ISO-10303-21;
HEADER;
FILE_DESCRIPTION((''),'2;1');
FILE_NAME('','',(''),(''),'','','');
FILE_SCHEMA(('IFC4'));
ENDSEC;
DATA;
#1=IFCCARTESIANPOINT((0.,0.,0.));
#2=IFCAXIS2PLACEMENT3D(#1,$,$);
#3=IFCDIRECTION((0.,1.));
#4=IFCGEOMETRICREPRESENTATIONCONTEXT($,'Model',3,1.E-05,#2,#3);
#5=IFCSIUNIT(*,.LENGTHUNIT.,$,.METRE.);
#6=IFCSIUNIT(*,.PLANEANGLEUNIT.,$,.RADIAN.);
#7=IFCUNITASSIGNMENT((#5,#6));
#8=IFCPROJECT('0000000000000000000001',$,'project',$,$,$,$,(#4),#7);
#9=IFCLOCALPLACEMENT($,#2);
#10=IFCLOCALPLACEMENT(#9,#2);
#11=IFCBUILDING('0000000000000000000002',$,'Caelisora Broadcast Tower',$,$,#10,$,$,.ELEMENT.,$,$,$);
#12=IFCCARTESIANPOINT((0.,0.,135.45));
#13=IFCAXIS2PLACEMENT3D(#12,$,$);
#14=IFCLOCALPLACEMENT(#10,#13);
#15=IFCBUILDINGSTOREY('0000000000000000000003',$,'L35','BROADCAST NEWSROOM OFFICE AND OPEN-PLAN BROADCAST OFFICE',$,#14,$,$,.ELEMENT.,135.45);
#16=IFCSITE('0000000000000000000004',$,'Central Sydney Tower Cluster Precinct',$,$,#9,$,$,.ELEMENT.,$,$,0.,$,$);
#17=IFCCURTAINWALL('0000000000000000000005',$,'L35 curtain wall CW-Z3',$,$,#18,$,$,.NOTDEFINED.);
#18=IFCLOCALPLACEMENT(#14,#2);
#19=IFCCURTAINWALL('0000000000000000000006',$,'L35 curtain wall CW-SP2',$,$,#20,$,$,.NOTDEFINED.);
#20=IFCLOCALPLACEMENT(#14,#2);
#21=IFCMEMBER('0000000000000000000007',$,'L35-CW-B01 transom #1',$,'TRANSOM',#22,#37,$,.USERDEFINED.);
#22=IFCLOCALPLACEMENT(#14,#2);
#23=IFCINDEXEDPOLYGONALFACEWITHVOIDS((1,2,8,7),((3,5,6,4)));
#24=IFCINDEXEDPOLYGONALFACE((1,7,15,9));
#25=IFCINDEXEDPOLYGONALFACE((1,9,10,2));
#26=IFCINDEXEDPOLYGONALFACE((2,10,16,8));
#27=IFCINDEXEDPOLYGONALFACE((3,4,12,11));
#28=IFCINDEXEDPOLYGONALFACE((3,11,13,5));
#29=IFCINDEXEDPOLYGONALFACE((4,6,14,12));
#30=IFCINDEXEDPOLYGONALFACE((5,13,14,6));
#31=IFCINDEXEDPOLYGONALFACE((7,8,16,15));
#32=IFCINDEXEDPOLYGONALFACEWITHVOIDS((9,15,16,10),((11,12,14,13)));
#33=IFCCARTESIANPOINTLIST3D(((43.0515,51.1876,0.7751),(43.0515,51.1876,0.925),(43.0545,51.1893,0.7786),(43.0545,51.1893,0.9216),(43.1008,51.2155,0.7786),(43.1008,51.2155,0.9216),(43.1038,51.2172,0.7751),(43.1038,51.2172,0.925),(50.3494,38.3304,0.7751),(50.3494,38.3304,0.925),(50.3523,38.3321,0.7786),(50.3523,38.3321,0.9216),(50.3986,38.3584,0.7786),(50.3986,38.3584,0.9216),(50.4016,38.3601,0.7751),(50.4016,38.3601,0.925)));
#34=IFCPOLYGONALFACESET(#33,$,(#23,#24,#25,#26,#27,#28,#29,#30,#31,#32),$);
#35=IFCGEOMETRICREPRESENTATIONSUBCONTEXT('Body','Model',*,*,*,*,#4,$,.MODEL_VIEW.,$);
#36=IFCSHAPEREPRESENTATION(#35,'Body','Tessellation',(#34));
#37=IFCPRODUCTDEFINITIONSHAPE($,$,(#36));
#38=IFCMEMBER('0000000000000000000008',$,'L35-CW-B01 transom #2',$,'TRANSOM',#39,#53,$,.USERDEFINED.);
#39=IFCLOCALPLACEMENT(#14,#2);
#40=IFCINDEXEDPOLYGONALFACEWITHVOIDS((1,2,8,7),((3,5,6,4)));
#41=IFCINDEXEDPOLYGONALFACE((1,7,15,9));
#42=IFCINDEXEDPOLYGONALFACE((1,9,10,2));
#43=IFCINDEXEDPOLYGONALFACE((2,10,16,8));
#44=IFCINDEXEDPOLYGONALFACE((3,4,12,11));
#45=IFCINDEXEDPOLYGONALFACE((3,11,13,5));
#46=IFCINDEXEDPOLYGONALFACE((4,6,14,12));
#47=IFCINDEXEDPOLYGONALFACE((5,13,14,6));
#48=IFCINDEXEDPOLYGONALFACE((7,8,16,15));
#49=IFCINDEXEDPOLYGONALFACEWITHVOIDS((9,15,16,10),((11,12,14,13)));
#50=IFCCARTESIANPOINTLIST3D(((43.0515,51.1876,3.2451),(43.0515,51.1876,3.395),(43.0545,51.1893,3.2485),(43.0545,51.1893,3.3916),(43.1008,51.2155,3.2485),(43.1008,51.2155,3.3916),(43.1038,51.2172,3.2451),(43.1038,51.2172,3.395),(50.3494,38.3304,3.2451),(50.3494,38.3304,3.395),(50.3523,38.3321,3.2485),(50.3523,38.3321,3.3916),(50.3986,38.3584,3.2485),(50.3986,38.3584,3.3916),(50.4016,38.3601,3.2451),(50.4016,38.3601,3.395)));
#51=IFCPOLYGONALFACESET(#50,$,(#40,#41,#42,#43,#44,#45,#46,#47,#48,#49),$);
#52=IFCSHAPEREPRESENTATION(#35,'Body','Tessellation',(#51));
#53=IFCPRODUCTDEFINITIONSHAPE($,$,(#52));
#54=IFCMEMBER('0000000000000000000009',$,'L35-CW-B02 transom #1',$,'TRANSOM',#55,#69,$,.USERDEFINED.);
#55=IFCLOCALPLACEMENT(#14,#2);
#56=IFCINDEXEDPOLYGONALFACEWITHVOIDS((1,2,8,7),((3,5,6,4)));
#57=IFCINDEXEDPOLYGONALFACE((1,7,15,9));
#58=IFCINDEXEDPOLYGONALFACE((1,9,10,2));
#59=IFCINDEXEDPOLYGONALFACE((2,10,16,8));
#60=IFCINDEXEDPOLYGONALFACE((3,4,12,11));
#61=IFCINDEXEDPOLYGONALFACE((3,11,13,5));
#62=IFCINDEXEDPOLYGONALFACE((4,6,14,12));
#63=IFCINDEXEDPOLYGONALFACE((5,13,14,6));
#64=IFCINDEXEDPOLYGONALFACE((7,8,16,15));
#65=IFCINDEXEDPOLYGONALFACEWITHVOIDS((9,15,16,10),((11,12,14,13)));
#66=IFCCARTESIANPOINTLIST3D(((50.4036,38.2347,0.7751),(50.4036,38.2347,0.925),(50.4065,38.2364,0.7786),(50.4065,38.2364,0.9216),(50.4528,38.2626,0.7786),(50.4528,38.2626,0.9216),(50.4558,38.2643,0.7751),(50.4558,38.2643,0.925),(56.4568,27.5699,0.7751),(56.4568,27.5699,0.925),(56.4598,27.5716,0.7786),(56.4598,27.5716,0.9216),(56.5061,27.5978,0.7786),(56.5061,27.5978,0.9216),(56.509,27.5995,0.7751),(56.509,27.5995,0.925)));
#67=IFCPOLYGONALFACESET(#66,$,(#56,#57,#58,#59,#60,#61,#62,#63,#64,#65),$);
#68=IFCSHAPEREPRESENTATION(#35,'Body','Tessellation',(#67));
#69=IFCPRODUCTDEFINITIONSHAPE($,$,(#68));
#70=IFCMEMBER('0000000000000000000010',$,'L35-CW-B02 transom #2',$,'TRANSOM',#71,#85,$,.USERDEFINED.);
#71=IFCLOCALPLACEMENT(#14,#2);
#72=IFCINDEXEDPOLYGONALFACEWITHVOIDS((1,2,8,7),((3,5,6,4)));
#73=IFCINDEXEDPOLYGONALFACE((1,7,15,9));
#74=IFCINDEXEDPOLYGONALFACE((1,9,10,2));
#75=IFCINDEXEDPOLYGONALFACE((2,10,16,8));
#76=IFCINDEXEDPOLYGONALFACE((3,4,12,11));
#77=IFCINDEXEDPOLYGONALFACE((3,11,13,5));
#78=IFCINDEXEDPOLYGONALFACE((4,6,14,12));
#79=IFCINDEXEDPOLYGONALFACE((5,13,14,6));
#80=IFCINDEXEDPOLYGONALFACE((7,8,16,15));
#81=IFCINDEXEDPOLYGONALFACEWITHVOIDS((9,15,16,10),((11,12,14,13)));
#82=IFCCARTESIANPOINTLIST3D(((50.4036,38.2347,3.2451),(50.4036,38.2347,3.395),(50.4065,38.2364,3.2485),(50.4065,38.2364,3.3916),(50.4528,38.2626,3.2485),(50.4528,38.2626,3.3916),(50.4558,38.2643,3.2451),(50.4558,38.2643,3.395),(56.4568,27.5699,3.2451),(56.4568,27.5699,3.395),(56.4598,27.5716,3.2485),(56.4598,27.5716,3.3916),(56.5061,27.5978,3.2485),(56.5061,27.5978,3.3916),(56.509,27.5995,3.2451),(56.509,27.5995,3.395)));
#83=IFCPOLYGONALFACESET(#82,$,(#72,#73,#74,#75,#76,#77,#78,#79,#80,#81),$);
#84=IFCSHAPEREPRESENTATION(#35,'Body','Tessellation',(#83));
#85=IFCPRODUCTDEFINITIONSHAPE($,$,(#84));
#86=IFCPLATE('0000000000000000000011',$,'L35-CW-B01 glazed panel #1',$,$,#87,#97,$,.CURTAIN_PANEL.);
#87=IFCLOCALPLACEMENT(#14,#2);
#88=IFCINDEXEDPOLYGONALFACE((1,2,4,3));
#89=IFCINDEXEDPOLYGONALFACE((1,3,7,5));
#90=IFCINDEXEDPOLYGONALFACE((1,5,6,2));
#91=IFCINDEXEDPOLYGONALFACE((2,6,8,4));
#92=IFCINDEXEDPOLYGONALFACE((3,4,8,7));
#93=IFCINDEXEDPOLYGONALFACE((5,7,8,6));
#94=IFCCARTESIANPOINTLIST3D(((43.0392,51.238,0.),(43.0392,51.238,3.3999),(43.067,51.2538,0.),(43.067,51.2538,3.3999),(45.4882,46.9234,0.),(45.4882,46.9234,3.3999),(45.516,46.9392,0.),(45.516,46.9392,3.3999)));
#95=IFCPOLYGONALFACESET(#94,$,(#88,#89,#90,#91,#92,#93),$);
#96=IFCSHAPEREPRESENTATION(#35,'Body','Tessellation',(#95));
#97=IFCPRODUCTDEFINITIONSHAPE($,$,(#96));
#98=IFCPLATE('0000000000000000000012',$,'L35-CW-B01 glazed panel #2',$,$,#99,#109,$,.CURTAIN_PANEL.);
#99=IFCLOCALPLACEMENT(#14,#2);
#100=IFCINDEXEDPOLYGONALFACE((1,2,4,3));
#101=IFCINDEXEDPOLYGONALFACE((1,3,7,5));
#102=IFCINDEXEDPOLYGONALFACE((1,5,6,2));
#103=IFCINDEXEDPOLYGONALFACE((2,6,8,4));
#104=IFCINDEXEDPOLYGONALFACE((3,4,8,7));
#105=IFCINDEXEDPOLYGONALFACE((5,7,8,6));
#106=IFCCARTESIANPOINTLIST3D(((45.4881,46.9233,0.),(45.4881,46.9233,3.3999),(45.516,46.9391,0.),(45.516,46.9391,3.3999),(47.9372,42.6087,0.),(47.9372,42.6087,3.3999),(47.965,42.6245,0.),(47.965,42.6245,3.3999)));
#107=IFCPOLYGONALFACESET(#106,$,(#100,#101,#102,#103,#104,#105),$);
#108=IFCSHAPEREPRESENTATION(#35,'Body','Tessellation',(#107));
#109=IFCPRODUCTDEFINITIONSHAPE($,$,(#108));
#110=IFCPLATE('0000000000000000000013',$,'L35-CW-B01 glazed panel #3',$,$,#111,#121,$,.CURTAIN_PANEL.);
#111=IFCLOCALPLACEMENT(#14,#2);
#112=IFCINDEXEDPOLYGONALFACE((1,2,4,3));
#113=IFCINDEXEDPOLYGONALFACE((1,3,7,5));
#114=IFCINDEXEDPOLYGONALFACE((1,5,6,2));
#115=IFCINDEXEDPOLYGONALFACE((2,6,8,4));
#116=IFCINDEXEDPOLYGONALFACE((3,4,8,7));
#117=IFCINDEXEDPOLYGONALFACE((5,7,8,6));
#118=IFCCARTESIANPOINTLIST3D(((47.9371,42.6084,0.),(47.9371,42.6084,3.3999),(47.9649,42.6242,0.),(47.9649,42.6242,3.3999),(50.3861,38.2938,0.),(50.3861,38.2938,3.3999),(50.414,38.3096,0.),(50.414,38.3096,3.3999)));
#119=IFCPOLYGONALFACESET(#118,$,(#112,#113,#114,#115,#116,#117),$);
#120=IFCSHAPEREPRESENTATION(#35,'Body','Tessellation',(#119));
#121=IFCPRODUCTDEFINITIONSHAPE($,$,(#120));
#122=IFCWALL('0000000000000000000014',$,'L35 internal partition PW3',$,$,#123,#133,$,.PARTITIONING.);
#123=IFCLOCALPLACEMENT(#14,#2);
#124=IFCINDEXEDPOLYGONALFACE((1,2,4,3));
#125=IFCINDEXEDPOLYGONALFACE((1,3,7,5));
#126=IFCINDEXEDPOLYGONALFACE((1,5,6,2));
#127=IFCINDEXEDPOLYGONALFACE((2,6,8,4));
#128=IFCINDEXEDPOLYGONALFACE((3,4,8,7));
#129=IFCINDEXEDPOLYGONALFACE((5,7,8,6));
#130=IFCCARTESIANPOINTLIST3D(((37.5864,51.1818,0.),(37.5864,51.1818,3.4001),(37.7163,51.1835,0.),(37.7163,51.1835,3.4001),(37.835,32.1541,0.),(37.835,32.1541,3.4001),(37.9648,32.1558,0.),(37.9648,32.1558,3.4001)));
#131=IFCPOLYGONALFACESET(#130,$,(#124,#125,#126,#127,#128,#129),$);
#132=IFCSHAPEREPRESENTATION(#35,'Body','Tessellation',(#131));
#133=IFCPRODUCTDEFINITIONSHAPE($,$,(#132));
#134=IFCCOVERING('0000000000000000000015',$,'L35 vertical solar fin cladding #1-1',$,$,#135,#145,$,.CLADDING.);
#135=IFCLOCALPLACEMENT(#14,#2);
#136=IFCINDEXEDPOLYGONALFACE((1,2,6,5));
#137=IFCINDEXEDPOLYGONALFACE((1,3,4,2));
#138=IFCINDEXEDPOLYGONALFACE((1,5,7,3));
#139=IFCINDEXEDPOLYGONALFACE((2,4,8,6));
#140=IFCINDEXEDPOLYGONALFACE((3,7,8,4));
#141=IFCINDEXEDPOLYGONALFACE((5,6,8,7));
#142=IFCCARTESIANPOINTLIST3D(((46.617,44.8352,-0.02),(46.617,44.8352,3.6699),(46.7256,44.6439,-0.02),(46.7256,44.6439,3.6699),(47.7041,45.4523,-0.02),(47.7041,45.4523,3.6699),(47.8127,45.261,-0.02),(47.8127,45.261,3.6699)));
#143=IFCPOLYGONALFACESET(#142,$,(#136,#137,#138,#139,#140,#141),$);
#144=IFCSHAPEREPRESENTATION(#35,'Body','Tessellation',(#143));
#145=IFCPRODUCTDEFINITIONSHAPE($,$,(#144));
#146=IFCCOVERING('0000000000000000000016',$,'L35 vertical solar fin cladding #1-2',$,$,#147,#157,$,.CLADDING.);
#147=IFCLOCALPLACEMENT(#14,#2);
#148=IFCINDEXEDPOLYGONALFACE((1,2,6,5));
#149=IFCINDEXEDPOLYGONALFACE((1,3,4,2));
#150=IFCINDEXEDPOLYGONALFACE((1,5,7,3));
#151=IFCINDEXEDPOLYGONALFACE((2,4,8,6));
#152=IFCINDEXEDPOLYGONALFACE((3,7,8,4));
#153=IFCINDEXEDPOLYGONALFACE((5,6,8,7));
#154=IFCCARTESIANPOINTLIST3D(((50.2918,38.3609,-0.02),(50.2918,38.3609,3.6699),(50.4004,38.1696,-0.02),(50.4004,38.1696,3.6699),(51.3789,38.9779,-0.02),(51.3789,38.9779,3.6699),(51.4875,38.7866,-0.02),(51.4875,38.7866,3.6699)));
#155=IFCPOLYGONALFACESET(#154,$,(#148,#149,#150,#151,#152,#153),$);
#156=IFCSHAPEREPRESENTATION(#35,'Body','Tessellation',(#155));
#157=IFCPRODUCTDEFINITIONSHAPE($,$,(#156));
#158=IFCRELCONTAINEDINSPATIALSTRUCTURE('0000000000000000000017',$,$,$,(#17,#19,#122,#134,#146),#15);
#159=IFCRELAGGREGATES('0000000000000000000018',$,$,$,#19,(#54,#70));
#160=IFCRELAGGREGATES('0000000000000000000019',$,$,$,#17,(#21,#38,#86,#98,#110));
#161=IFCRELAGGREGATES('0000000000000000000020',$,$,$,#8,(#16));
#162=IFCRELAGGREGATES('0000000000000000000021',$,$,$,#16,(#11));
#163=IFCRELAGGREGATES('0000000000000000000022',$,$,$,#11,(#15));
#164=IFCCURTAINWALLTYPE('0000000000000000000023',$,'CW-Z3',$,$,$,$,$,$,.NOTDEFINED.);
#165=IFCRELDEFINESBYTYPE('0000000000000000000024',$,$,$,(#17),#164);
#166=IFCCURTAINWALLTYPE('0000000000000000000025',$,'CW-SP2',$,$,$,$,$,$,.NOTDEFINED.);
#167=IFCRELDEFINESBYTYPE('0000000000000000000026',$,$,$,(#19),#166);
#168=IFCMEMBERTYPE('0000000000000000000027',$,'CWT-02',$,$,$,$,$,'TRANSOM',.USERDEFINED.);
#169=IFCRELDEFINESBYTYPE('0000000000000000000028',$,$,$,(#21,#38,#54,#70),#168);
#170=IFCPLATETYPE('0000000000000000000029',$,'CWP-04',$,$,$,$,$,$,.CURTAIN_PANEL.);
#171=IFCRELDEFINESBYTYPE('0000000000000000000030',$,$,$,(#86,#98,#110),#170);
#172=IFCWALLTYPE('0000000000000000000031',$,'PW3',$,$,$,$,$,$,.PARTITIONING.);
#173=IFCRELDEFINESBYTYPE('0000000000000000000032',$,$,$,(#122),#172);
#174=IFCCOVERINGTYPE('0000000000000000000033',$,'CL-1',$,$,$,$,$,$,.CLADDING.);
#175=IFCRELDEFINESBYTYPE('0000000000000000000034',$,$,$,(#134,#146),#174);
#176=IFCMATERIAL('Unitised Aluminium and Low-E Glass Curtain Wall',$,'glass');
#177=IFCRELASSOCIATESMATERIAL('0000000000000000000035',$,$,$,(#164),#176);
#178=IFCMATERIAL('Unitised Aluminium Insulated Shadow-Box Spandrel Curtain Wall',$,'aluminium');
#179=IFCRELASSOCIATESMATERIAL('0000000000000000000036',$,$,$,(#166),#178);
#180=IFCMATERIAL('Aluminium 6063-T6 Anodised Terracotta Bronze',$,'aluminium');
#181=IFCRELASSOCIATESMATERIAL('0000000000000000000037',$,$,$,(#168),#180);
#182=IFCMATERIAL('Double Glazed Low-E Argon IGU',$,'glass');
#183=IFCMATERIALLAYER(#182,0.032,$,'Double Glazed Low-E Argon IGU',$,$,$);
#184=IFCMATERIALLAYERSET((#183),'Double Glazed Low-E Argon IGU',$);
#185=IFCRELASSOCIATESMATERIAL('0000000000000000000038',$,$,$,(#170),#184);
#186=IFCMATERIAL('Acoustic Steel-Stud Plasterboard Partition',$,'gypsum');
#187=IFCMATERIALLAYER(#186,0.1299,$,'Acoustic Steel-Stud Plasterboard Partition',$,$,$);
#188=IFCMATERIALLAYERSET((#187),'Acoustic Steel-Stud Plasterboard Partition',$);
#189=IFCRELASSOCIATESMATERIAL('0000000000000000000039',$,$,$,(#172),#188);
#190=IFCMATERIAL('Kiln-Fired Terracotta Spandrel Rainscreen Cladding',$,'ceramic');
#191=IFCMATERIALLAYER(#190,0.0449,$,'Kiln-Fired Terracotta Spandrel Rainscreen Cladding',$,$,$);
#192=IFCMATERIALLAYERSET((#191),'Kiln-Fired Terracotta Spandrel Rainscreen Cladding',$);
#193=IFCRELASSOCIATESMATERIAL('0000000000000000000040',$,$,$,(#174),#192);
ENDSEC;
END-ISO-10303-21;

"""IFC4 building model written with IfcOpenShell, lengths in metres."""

from ifc_helpers import new_model, si_unit, direction, frame, frame_2d, origin, origin_2d, place, context, subcontext, project, spatial, rectangle, hollow_rectangle, extrude, source, transform, mapped, material, layer, layer_set, material_profile, profile_set, type_object, type_shapes, element, aggregate, save


model = new_model("IFC4")

# Units and contexts
model_context = context("Model", 3, precision=1e-05, world=origin(), true_north=direction((0.0, 1.0)))
body_context = subcontext(model_context, "Body", "Model", "MODEL_VIEW")
ifc_project = project(units=[si_unit("LENGTHUNIT", "METRE"), si_unit("PLANEANGLEUNIT", "RADIAN")], contexts=[model_context])

# Site, building, storey
site_placement = place(None, origin())
site = spatial("IfcSite", under=ifc_project, at=site_placement, Name="Central Sydney Tower Cluster Precinct", CompositionType="ELEMENT", RefElevation=0.0)
building_placement = place(site_placement, origin())
building = spatial("IfcBuilding", under=site, at=building_placement, Name="Caelisora Broadcast Tower", CompositionType="ELEMENT")
storey_placement = place(building_placement, frame((0.0, 0.0, 135.45)))
storey = spatial("IfcBuildingStorey", under=building, at=storey_placement, Name="L35", Description="BROADCAST NEWSROOM OFFICE AND OPEN-PLAN BROADCAST OFFICE", CompositionType="ELEMENT", Elevation=135.45)

# Curtain wall
ifc_material_1 = material(Name="Unitised Aluminium and Low-E Glass Curtain Wall", Category="glass")
curtain_wall_type_1 = type_object("IfcCurtainWallType", Name="CW-Z3", PredefinedType="NOTDEFINED", material=ifc_material_1)
curtain_wall_1_placement = place(storey_placement, origin())
curtain_wall_1 = element("IfcCurtainWall", 1, at=curtain_wall_1_placement, inside=storey, type_object=curtain_wall_type_1, Name="L35 curtain wall CW-Z3", PredefinedType="NOTDEFINED")
ifc_material_2 = material(Name="Aluminium 6063-T6 Anodised Terracotta Bronze", Category="aluminium")

# Curtain wall
ifc_material_3 = material(Name="Unitised Aluminium Insulated Shadow-Box Spandrel Curtain Wall", Category="aluminium")
curtain_wall_type_2 = type_object("IfcCurtainWallType", Name="CW-SP2", PredefinedType="NOTDEFINED", material=ifc_material_3)
curtain_wall_2_placement = place(storey_placement, origin())
curtain_wall_2 = element("IfcCurtainWall", 2, at=curtain_wall_2_placement, inside=storey, type_object=curtain_wall_type_2, Name="L35 curtain wall CW-SP2", PredefinedType="NOTDEFINED")

# Members
ifc_material_profile_1 = material_profile(ifc_material_2, hollow_rectangle(XDim=0.0601, YDim=0.1499, WallThickness=0.0034, at=origin_2d()), Name="Aluminium 6063-T6 Anodised Terracotta Bronze")
ifc_profile_set_1 = profile_set([ifc_material_profile_1], Name="Aluminium 6063-T6 Anodised Terracotta Bronze")
member_type_1 = type_object("IfcMemberType", Name="CWT-02", ElementType="TRANSOM", PredefinedType="USERDEFINED", material=ifc_profile_set_1)
shared_shape_1 = source(origin(), body_context, "Body", "SweptSolid", [
    extrude(hollow_rectangle(XDim=0.0601, YDim=0.1499, WallThickness=0.0034, at=origin_2d()), origin(), (0.0, 0.0, 1.0), 14.7839),
])
member_1_placement = place(storey_placement, frame((43.0776, 51.2024, 0.8501), z_axis=(0.493633, -0.86967, 0.0), x_axis=(0.86967, 0.493633, 0.0)))
member_1 = element("IfcMember", 3, at=member_1_placement, type_object=member_type_1, Name="L35-CW-B01 transom #1", ObjectType="TRANSOM", PredefinedType="USERDEFINED", context=body_context, shape_type="MappedRepresentation", body=[
    mapped(shared_shape_1, transform((0.0, 0.0, 0.0), scale=1.0)),
])
member_2_placement = place(storey_placement, frame((43.0776, 51.2024, 3.3201), z_axis=(0.493633, -0.86967, 0.0), x_axis=(0.86967, 0.493633, 0.0)))
member_2 = element("IfcMember", 4, at=member_2_placement, type_object=member_type_1, Name="L35-CW-B01 transom #2", ObjectType="TRANSOM", PredefinedType="USERDEFINED", context=body_context, shape_type="MappedRepresentation", body=[
    mapped(shared_shape_1, transform((0.0, 0.0, 0.0), scale=1.0)),
])
shared_shape_2 = source(origin(), body_context, "Body", "SweptSolid", [
    extrude(hollow_rectangle(XDim=0.0601, YDim=0.1499, WallThickness=0.0034, at=origin_2d()), origin(), (0.0, 0.0, 1.0), 12.2629),
])
type_shapes(member_type_1, [shared_shape_1, shared_shape_2])
member_3_placement = place(storey_placement, frame((50.4297, 38.2495, 0.8501), z_axis=(0.49362, -0.869678, 0.0), x_axis=(0.869678, 0.49362, 0.0)))
member_3 = element("IfcMember", 5, at=member_3_placement, type_object=member_type_1, Name="L35-CW-B02 transom #1", ObjectType="TRANSOM", PredefinedType="USERDEFINED", context=body_context, shape_type="MappedRepresentation", body=[
    mapped(shared_shape_2, transform((0.0, 0.0, 0.0), scale=1.0)),
])
member_4_placement = place(storey_placement, frame((50.4297, 38.2495, 3.3201), z_axis=(0.49362, -0.869678, 0.0), x_axis=(0.869678, 0.49362, 0.0)))
member_4 = element("IfcMember", 6, at=member_4_placement, type_object=member_type_1, Name="L35-CW-B02 transom #2", ObjectType="TRANSOM", PredefinedType="USERDEFINED", context=body_context, shape_type="MappedRepresentation", body=[
    mapped(shared_shape_2, transform((0.0, 0.0, 0.0), scale=1.0)),
])
aggregate(curtain_wall_2, [member_3, member_4])

# Plates
ifc_material_4 = material(Name="Double Glazed Low-E Argon IGU", Category="glass")
ifc_layer_1 = layer(ifc_material_4, 0.032, Name="Double Glazed Low-E Argon IGU")
ifc_layer_set_1 = layer_set([ifc_layer_1], Name="Double Glazed Low-E Argon IGU")
plate_type = type_object("IfcPlateType", Name="CWP-04", PredefinedType="CURTAIN_PANEL", material=ifc_layer_set_1)
shared_shape_3 = source(origin(), body_context, "Body", "SweptSolid", [
    extrude(rectangle(XDim=4.9612, YDim=0.032, at=origin_2d()), origin(), (0.0, 0.0, 1.0), 3.3999),
])
type_shapes(plate_type, [shared_shape_3])
plate_1_placement = place(storey_placement, frame((44.2776, 49.0886, 0.0), z_axis=(0.0, 0.0, 1.0), x_axis=(0.493638, -0.869667, 0.0)))
plate_1 = element("IfcPlate", 7, at=plate_1_placement, type_object=plate_type, Name="L35-CW-B01 glazed panel #1", PredefinedType="CURTAIN_PANEL", context=body_context, shape_type="MappedRepresentation", body=[
    mapped(shared_shape_3, transform((0.0, 0.0, 0.0), scale=1.0)),
])
plate_2_placement = place(storey_placement, frame((46.7266, 44.7739, 0.0), z_axis=(0.0, 0.0, 1.0), x_axis=(0.493638, -0.869667, 0.0)))
plate_2 = element("IfcPlate", 8, at=plate_2_placement, type_object=plate_type, Name="L35-CW-B01 glazed panel #2", PredefinedType="CURTAIN_PANEL", context=body_context, shape_type="MappedRepresentation", body=[
    mapped(shared_shape_3, transform((0.0, 0.0, 0.0), scale=1.0)),
])
plate_3_placement = place(storey_placement, frame((49.1755, 40.459, 0.0), z_axis=(0.0, 0.0, 1.0), x_axis=(0.493638, -0.869667, 0.0)))
plate_3 = element("IfcPlate", 9, at=plate_3_placement, type_object=plate_type, Name="L35-CW-B01 glazed panel #3", PredefinedType="CURTAIN_PANEL", context=body_context, shape_type="MappedRepresentation", body=[
    mapped(shared_shape_3, transform((0.0, 0.0, 0.0), scale=1.0)),
])
aggregate(curtain_wall_1, [member_1, member_2, plate_1, plate_2, plate_3])

# Wall
ifc_material_5 = material(Name="Acoustic Steel-Stud Plasterboard Partition", Category="gypsum")
ifc_layer_2 = layer(ifc_material_5, 0.1299, Name="Acoustic Steel-Stud Plasterboard Partition")
ifc_layer_set_2 = layer_set([ifc_layer_2], Name="Acoustic Steel-Stud Plasterboard Partition")
wall_type = type_object("IfcWallType", Name="PW3", PredefinedType="PARTITIONING", material=ifc_layer_set_2)
wall_placement = place(storey_placement, frame((37.6514, 51.1826, 0.0), z_axis=(0.0, 0.0, 1.0), x_axis=(0.013061, -0.999915, 0.0)))
element("IfcWall", 10, at=wall_placement, inside=storey, type_object=wall_type, Name="L35 internal partition PW3", PredefinedType="PARTITIONING", context=body_context, shape_type="SweptSolid", body=[
    extrude(rectangle(XDim=19.0293, YDim=0.1299, at=frame_2d((9.5146, 0.0))), origin(), (0.0, 0.0, 1.0), 3.4001),
])

# Coverings
ifc_material_6 = material(Name="Kiln-Fired Terracotta Spandrel Rainscreen Cladding", Category="ceramic")
ifc_layer_3 = layer(ifc_material_6, 0.0449, Name="Kiln-Fired Terracotta Spandrel Rainscreen Cladding")
ifc_layer_set_3 = layer_set([ifc_layer_3], Name="Kiln-Fired Terracotta Spandrel Rainscreen Cladding")
covering_type = type_object("IfcCoveringType", Name="CL-1", PredefinedType="CLADDING", material=ifc_layer_set_3)
shared_shape_4 = source(origin(), body_context, "Body", "SweptSolid", [
    extrude(rectangle(XDim=0.22, YDim=1.25, at=origin_2d()), origin(), (0.0, 0.0, 1.0), 3.6899),
])
type_shapes(covering_type, [shared_shape_4])
for number, where, z_axis, x_axis, name in (
    (11, (47.2148, 45.0481, -0.02), (0.0, 0.0, 1.0), (0.493638, -0.869667, 0.0), "L35 vertical solar fin cladding #1-1"),
    (12, (50.8896, 38.5737, -0.02), (0.0, 0.0, 1.0), (0.493638, -0.869667, 0.0), "L35 vertical solar fin cladding #1-2"),
):
    element("IfcCovering", number, at=place(storey_placement, frame(where, z_axis=z_axis, x_axis=x_axis)), inside=storey, type_object=covering_type, Name=name, PredefinedType="CLADDING", context=body_context, shape_type="MappedRepresentation", body=[
        mapped(shared_shape_4, transform((0.0, 0.0, 0.0), scale=1.0)),
    ])

save(model, "model.ifc")
